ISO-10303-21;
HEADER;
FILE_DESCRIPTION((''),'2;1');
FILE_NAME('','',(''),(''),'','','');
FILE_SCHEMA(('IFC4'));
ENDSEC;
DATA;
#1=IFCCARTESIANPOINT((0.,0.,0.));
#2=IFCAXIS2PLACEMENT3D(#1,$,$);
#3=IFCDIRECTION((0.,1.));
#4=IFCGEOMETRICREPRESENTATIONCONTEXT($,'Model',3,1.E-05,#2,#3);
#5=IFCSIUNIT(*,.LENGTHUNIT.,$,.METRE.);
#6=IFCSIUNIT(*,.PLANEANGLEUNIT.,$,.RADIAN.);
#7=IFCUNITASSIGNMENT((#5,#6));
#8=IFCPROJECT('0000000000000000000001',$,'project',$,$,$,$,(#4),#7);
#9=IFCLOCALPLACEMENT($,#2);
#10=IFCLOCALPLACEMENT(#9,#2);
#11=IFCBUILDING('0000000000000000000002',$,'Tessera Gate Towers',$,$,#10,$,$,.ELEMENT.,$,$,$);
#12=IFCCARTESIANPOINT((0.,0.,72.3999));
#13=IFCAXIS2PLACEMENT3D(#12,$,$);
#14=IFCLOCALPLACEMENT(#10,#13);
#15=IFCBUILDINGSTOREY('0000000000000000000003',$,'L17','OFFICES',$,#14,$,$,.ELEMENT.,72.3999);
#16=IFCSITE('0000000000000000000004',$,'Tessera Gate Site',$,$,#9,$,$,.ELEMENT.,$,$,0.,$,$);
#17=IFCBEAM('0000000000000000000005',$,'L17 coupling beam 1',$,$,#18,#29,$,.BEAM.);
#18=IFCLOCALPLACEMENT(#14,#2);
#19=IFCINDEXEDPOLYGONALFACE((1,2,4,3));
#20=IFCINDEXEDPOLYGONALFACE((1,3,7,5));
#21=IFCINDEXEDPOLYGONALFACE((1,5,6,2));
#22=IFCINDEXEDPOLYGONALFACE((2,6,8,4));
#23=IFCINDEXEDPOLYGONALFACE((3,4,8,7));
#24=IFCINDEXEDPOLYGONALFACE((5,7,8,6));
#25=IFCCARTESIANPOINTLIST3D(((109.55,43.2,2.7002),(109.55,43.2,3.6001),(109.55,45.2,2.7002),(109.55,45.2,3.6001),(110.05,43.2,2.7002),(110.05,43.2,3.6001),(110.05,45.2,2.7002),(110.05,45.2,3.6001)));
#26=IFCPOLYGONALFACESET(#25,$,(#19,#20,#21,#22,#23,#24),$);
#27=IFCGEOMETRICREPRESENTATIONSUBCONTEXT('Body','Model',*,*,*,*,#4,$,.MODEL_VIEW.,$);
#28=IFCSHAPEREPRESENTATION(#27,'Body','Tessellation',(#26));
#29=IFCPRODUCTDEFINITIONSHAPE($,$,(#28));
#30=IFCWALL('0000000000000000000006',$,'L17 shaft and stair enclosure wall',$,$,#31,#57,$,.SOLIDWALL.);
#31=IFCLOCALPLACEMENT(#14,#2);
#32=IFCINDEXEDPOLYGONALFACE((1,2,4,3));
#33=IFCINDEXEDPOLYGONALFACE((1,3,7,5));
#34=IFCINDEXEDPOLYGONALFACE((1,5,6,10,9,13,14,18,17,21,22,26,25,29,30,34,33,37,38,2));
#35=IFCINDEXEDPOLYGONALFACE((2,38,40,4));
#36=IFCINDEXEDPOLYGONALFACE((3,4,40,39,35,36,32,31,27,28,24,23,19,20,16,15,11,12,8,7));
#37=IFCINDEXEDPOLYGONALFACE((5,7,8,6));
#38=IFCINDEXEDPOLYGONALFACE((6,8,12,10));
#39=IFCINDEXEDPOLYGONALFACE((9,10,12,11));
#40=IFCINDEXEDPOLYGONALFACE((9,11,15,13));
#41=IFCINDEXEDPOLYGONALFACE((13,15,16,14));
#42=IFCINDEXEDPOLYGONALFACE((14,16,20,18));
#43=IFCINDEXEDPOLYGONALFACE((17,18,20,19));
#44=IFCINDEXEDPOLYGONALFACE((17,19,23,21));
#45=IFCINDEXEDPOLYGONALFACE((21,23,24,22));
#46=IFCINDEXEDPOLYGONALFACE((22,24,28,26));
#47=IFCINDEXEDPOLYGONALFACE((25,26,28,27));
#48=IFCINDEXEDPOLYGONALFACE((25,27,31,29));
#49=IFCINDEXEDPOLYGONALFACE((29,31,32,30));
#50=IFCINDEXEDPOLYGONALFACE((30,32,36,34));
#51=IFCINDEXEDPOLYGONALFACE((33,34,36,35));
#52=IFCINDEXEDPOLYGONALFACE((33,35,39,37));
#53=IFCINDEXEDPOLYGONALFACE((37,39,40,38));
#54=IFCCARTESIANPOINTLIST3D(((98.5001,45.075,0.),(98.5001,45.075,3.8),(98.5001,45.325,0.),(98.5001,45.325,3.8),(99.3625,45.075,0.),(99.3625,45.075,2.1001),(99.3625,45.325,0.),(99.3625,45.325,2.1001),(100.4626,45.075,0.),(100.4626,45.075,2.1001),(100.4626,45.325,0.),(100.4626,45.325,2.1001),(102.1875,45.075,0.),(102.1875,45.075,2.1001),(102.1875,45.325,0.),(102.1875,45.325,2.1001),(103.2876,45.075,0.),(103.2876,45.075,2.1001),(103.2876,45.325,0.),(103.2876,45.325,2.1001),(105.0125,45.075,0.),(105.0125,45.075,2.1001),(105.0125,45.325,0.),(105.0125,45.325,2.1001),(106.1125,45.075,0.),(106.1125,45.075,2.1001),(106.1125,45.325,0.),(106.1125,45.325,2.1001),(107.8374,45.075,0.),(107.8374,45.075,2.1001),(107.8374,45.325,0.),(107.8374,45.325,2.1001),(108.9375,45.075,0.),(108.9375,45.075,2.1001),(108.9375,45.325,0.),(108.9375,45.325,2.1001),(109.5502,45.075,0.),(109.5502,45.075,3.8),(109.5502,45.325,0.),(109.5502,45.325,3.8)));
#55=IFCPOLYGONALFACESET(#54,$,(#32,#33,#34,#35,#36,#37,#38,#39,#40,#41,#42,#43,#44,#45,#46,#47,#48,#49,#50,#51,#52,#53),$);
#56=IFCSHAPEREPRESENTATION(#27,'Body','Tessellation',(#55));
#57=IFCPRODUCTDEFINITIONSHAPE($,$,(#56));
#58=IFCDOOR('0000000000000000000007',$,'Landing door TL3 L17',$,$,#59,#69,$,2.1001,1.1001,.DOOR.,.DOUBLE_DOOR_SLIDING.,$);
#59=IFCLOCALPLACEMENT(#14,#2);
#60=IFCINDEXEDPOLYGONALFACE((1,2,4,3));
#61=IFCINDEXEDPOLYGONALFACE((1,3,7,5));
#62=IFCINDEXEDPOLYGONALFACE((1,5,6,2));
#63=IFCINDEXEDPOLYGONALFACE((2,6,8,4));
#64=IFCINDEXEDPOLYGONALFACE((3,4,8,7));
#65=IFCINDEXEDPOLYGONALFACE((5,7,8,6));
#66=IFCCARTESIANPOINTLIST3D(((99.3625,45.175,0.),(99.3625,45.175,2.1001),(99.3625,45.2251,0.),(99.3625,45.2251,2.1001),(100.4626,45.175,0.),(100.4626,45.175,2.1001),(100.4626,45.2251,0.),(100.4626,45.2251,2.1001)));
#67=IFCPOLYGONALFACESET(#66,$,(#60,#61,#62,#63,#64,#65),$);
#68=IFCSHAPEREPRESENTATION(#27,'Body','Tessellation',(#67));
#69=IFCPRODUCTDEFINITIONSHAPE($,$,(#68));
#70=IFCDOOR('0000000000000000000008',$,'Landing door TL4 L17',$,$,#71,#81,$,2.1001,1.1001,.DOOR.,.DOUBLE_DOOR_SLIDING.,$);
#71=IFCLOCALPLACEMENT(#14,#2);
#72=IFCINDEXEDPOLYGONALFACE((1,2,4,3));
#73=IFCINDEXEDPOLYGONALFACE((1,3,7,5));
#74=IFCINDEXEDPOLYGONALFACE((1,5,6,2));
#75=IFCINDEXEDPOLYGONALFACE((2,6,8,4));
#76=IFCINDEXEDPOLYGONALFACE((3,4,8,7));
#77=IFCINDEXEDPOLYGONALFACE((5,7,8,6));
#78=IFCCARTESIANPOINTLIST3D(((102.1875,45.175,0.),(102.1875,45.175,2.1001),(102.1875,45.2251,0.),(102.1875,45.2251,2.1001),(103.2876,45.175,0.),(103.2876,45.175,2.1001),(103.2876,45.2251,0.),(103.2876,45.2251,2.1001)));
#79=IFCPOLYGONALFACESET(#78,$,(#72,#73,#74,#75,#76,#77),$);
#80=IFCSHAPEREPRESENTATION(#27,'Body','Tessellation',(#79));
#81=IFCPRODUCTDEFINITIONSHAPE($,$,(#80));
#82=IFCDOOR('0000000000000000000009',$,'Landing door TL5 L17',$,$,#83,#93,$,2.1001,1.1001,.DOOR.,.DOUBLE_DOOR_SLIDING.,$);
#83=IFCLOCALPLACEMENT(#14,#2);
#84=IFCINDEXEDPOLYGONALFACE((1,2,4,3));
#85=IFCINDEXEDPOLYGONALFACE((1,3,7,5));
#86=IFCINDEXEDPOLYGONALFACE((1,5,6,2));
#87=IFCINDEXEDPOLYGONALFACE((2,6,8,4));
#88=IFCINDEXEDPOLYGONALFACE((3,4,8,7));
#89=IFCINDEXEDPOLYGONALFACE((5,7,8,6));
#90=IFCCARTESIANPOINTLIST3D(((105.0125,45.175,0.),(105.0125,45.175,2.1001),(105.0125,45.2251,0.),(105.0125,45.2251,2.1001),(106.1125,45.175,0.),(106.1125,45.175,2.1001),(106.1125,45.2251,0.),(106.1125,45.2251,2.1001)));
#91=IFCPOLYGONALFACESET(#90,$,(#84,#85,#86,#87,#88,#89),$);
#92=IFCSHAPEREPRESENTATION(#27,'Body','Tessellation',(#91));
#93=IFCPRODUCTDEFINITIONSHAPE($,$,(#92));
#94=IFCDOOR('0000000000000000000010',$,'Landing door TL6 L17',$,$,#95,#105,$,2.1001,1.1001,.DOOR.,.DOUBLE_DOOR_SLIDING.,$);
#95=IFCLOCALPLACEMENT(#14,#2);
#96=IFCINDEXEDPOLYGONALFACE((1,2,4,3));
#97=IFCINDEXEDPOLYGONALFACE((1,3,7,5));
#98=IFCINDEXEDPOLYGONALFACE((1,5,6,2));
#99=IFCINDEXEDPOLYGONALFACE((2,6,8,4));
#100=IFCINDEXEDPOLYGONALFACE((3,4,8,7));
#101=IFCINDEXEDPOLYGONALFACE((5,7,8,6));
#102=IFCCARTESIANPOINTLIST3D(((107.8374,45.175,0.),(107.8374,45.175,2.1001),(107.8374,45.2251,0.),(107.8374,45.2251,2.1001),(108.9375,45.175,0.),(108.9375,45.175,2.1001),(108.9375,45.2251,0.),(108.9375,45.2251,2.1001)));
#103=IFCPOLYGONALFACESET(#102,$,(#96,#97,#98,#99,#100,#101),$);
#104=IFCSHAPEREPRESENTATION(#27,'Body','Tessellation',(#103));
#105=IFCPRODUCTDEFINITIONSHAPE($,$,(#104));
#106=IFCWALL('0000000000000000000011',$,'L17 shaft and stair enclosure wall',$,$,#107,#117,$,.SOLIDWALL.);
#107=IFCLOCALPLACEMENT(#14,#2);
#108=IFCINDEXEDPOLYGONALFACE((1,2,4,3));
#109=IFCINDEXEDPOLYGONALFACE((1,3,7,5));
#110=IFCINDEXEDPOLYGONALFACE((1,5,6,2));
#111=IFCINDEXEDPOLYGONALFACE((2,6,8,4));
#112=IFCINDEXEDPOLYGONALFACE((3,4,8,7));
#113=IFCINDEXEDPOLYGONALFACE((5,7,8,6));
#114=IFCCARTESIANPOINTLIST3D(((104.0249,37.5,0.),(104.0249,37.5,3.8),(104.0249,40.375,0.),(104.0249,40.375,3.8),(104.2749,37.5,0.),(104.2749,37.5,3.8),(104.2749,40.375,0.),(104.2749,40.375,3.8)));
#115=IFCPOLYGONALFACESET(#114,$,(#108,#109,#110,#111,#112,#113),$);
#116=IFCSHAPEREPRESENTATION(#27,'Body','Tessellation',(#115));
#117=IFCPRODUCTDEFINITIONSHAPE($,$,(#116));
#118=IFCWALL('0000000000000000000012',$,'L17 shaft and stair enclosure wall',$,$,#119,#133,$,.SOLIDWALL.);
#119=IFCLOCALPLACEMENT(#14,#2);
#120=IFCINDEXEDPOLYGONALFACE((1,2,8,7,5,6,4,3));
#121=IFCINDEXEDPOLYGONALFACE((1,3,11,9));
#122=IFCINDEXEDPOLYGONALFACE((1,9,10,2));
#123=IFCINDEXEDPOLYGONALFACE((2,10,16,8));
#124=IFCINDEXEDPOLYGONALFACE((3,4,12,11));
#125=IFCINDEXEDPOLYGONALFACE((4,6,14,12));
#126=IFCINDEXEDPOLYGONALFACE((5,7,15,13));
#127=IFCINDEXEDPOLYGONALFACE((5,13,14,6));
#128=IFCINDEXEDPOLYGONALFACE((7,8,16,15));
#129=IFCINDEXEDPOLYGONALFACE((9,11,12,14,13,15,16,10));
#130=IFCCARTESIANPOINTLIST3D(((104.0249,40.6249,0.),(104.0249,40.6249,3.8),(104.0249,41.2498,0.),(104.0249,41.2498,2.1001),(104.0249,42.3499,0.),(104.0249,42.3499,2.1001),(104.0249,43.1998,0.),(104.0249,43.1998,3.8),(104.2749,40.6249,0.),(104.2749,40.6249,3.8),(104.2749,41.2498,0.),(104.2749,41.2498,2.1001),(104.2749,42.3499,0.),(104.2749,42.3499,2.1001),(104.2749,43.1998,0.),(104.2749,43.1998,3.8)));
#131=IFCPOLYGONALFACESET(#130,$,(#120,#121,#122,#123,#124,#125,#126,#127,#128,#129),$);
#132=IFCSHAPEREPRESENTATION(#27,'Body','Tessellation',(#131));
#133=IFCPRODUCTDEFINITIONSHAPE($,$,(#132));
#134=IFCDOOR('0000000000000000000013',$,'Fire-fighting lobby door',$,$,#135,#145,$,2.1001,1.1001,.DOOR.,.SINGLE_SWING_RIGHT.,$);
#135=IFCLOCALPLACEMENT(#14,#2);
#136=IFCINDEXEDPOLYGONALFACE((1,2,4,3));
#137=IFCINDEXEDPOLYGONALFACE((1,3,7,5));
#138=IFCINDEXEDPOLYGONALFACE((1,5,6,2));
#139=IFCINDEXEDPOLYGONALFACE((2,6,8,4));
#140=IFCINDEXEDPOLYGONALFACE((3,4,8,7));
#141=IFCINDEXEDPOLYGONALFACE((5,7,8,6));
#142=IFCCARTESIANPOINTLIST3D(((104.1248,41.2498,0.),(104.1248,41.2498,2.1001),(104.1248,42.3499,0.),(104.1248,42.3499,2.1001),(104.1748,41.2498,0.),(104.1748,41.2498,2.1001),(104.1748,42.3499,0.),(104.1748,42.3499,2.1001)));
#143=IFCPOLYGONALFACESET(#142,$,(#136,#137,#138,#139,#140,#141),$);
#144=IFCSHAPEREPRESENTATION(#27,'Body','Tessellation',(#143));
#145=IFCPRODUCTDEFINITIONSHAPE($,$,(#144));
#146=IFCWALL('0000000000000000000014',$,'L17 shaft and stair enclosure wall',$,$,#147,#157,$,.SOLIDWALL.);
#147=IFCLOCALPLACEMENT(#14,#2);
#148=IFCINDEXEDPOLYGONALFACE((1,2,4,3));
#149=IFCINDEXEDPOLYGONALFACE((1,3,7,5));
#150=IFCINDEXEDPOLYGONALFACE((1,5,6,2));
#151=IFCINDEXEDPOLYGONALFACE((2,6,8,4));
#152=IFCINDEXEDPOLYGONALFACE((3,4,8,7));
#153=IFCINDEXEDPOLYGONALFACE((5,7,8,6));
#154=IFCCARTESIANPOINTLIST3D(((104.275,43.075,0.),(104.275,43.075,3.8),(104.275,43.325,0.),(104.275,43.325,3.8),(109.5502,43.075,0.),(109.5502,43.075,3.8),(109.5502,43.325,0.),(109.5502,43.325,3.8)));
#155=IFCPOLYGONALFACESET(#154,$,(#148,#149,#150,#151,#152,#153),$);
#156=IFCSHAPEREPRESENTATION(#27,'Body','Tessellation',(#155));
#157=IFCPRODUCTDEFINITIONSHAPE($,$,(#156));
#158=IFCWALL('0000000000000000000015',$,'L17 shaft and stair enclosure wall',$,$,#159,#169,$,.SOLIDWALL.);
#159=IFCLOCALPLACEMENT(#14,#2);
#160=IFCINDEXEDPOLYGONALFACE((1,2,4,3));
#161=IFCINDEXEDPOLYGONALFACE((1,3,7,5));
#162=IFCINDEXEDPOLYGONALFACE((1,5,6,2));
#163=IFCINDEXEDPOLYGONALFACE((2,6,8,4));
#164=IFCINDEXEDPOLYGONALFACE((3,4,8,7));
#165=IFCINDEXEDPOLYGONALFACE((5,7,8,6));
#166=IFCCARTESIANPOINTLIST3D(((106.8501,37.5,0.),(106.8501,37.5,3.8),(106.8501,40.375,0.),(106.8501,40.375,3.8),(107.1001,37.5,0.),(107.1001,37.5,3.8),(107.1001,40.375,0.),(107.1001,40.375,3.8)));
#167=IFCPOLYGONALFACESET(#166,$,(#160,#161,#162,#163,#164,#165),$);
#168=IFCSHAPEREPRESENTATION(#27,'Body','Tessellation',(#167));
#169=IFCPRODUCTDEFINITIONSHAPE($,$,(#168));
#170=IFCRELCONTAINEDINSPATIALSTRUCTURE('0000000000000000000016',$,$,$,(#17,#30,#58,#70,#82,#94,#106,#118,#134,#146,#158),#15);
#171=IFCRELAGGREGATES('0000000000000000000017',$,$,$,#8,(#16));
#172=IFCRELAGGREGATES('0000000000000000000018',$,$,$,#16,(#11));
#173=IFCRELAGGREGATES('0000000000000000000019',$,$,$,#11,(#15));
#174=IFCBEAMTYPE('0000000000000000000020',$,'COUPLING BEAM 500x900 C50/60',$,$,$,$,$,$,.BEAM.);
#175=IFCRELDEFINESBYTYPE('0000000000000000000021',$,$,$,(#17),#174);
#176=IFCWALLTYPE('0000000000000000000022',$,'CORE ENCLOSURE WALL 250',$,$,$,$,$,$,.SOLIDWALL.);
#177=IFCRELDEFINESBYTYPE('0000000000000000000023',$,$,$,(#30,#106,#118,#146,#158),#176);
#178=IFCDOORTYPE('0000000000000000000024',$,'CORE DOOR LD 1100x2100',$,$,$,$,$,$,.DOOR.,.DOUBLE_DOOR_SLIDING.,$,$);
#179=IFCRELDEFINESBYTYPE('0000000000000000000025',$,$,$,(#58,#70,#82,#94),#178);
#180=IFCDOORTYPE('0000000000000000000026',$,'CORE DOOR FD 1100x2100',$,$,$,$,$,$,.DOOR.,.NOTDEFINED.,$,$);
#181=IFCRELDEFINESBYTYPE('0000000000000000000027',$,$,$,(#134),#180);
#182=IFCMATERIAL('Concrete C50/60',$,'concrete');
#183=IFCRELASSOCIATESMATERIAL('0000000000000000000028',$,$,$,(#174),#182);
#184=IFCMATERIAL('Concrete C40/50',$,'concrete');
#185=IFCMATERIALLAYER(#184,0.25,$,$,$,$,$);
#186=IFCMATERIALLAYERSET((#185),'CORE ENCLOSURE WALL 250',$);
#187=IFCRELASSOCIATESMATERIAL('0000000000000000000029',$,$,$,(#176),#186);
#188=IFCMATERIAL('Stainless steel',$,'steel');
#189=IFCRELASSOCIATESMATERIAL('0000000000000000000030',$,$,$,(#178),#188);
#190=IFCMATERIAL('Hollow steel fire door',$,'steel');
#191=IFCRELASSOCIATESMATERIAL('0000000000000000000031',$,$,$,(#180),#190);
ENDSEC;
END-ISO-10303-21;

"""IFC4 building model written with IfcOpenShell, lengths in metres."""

from ifc_helpers import new_model, si_unit, direction, frame, frame_2d, origin, origin_2d, place, context, subcontext, project, spatial, rectangle, extrude, source, transform, mapped, material, layer, layer_set, material_profile, profile_set, type_object, element, fill, save


model = new_model("IFC4")

# Units and contexts
model_context = context("Model", 3, precision=1e-05, world=origin(), true_north=direction((0.0, 1.0)))
body_context = subcontext(model_context, "Body", "Model", "MODEL_VIEW")
ifc_project = project(units=[si_unit("LENGTHUNIT", "METRE"), si_unit("PLANEANGLEUNIT", "RADIAN")], contexts=[model_context])

# Site, building, storey
site_placement = place(None, origin())
site = spatial("IfcSite", under=ifc_project, at=site_placement, Name="Tessera Gate Site", CompositionType="ELEMENT", RefElevation=0.0)
building_placement = place(site_placement, origin())
building = spatial("IfcBuilding", under=site, at=building_placement, Name="Tessera Gate Towers", CompositionType="ELEMENT")
storey_placement = place(building_placement, frame((0.0, 0.0, 72.3999)))
storey = spatial("IfcBuildingStorey", under=building, at=storey_placement, Name="L17", Description="OFFICES", CompositionType="ELEMENT", Elevation=72.3999)

# Beam
ifc_material_1 = material(Name="Concrete C50/60", Category="concrete")
ifc_material_profile = material_profile(ifc_material_1, rectangle(XDim=0.5, YDim=0.8999, at=origin_2d()), Name="RC 500x900")
ifc_profile_set = profile_set([ifc_material_profile], Name="Concrete C50/60")
beam_type = type_object("IfcBeamType", Name="COUPLING BEAM 500x900 C50/60", PredefinedType="BEAM", material=ifc_profile_set)
beam_placement = place(storey_placement, frame((109.8, 43.2, 3.1501), z_axis=(0.0, 1.0, 0.0), x_axis=(-1.0, 0.0, 0.0)))
element("IfcBeam", 1, at=beam_placement, inside=storey, type_object=beam_type, Name="L17 coupling beam 1", PredefinedType="BEAM", context=body_context, shape_type="SweptSolid", body=[
    extrude(rectangle(XDim=0.5, YDim=0.8999, at=origin_2d()), origin(), (0.0, 0.0, 1.0), 2.0),
])

# Wall, openings, doors
ifc_material_2 = material(Name="Concrete C40/50", Category="concrete")
ifc_layer_1 = layer(ifc_material_2, 0.25)
ifc_layer_set_1 = layer_set([ifc_layer_1], Name="CORE ENCLOSURE WALL 250")
wall_type_1 = type_object("IfcWallType", Name="CORE ENCLOSURE WALL 250", PredefinedType="SOLIDWALL", material=ifc_layer_set_1)
wall_1_placement = place(storey_placement, frame((109.55, 45.2, 0.0), z_axis=(0.0, 0.0, 1.0), x_axis=(-1.0, 0.0, 0.0)))
wall_1 = element("IfcWall", 2, at=wall_1_placement, inside=storey, type_object=wall_type_1, Name="L17 shaft and stair enclosure wall", PredefinedType="SOLIDWALL", context=body_context, shape_type="SweptSolid", body=[
    extrude(rectangle(XDim=11.05, YDim=0.25, at=frame_2d((5.5249, 0.0))), origin(), (0.0, 0.0, 1.0), 3.8),
])
shared_shape_1 = source(origin(), body_context, "Body", "SweptSolid", [
    extrude(rectangle(XDim=1.1001, YDim=2.1001, at=frame_2d((0.55, 1.05))), frame((0.0, 0.135, 0.0), z_axis=(0.0, -1.0, 0.0), x_axis=(1.0, 0.0, 0.0)), (0.0, 0.0, 1.0), 0.27),
])
opening_1_placement = place(wall_1_placement, frame((9.0874, 0.0, 0.0)))
opening_1 = element("IfcOpeningElement", 3, at=opening_1_placement, cuts=wall_1, PredefinedType="OPENING", context=body_context, shape_type="MappedRepresentation", body=[
    mapped(shared_shape_1, transform((0.0, 0.0, 0.0), scale=1.0)),
])
opening_2_placement = place(wall_1_placement, frame((6.2625, 0.0, 0.0)))
opening_2 = element("IfcOpeningElement", 4, at=opening_2_placement, cuts=wall_1, PredefinedType="OPENING", context=body_context, shape_type="MappedRepresentation", body=[
    mapped(shared_shape_1, transform((0.0, 0.0, 0.0), scale=1.0)),
])
opening_3_placement = place(wall_1_placement, frame((3.4375, 0.0, 0.0)))
opening_3 = element("IfcOpeningElement", 5, at=opening_3_placement, cuts=wall_1, PredefinedType="OPENING", context=body_context, shape_type="MappedRepresentation", body=[
    mapped(shared_shape_1, transform((0.0, 0.0, 0.0), scale=1.0)),
])
opening_4_placement = place(wall_1_placement, frame((0.6125, 0.0, 0.0)))
opening_4 = element("IfcOpeningElement", 6, at=opening_4_placement, cuts=wall_1, PredefinedType="OPENING", context=body_context, shape_type="MappedRepresentation", body=[
    mapped(shared_shape_1, transform((0.0, 0.0, 0.0), scale=1.0)),
])
ifc_material_3 = material(Name="Stainless steel", Category="steel")
door_type_1 = type_object("IfcDoorType", Name="CORE DOOR LD 1100x2100", OperationType="DOUBLE_DOOR_SLIDING", PredefinedType="DOOR", material=ifc_material_3)
shared_shape_2 = source(origin(), body_context, "Body", "SweptSolid", [
    extrude(rectangle(XDim=1.1001, YDim=2.1001, at=frame_2d((0.55, 1.05))), frame((0.0, 0.0249, 0.0), z_axis=(0.0, -1.0, 0.0), x_axis=(1.0, 0.0, 0.0)), (0.0, 0.0, 1.0), 0.05),
])
door_1_placement = place(opening_1_placement, origin())
door_1 = element("IfcDoor", 7, at=door_1_placement, inside=storey, type_object=door_type_1, Name="Landing door TL3 L17", OperationType="DOUBLE_DOOR_SLIDING", OverallHeight=2.1001, OverallWidth=1.1001, PredefinedType="DOOR", context=body_context, shape_type="MappedRepresentation", body=[
    mapped(shared_shape_2, transform((0.0, 0.0, 0.0), scale=1.0)),
])
fill(opening_1, door_1)
door_2_placement = place(opening_2_placement, origin())
door_2 = element("IfcDoor", 8, at=door_2_placement, inside=storey, type_object=door_type_1, Name="Landing door TL4 L17", OperationType="DOUBLE_DOOR_SLIDING", OverallHeight=2.1001, OverallWidth=1.1001, PredefinedType="DOOR", context=body_context, shape_type="MappedRepresentation", body=[
    mapped(shared_shape_2, transform((0.0, 0.0, 0.0), scale=1.0)),
])
fill(opening_2, door_2)
door_3_placement = place(opening_3_placement, origin())
door_3 = element("IfcDoor", 9, at=door_3_placement, inside=storey, type_object=door_type_1, Name="Landing door TL5 L17", OperationType="DOUBLE_DOOR_SLIDING", OverallHeight=2.1001, OverallWidth=1.1001, PredefinedType="DOOR", context=body_context, shape_type="MappedRepresentation", body=[
    mapped(shared_shape_2, transform((0.0, 0.0, 0.0), scale=1.0)),
])
fill(opening_3, door_3)
door_4_placement = place(opening_4_placement, origin())
door_4 = element("IfcDoor", 10, at=door_4_placement, inside=storey, type_object=door_type_1, Name="Landing door TL6 L17", OperationType="DOUBLE_DOOR_SLIDING", OverallHeight=2.1001, OverallWidth=1.1001, PredefinedType="DOOR", context=body_context, shape_type="MappedRepresentation", body=[
    mapped(shared_shape_2, transform((0.0, 0.0, 0.0), scale=1.0)),
])
fill(opening_4, door_4)

# Wall
wall_2_placement = place(storey_placement, frame((104.1499, 37.5, 0.0), z_axis=(0.0, 0.0, 1.0), x_axis=(0.0, 1.0, 0.0)))
element("IfcWall", 11, at=wall_2_placement, inside=storey, type_object=wall_type_1, Name="L17 shaft and stair enclosure wall", PredefinedType="SOLIDWALL", context=body_context, shape_type="SweptSolid", body=[
    extrude(rectangle(XDim=2.875, YDim=0.25, at=frame_2d((1.4375, 0.0))), origin(), (0.0, 0.0, 1.0), 3.8),
])

# Wall, opening, door
wall_3_placement = place(storey_placement, frame((104.1499, 43.2, 0.0), z_axis=(0.0, 0.0, 1.0), x_axis=(0.0, -1.0, 0.0)))
wall_3 = element("IfcWall", 12, at=wall_3_placement, inside=storey, type_object=wall_type_1, Name="L17 shaft and stair enclosure wall", PredefinedType="SOLIDWALL", context=body_context, shape_type="SweptSolid", body=[
    extrude(rectangle(XDim=2.575, YDim=0.25, at=frame_2d((1.2876, 0.0))), origin(), (0.0, 0.0, 1.0), 3.8),
])
opening_5_placement = place(wall_3_placement, frame((0.8501, 0.0, 0.0)))
opening_5 = element("IfcOpeningElement", 13, at=opening_5_placement, cuts=wall_3, PredefinedType="OPENING", context=body_context, shape_type="MappedRepresentation", body=[
    mapped(shared_shape_1, transform((0.0, 0.0, 0.0), scale=1.0)),
])
ifc_material_4 = material(Name="Hollow steel fire door", Category="steel")
door_type_2 = type_object("IfcDoorType", Name="CORE DOOR FD 1100x2100", OperationType="NOTDEFINED", PredefinedType="DOOR", material=ifc_material_4)
door_5_placement = place(opening_5_placement, origin())
door_5 = element("IfcDoor", 14, at=door_5_placement, inside=storey, type_object=door_type_2, Name="Fire-fighting lobby door", OperationType="SINGLE_SWING_RIGHT", OverallHeight=2.1001, OverallWidth=1.1001, PredefinedType="DOOR", context=body_context, shape_type="MappedRepresentation", body=[
    mapped(shared_shape_2, transform((0.0, 0.0, 0.0), scale=1.0)),
])
fill(opening_5, door_5)

# Walls
wall_4_placement = place(storey_placement, frame((104.2749, 43.2, 0.0), z_axis=(0.0, 0.0, 1.0), x_axis=(1.0, 0.0, 0.0)))
element("IfcWall", 15, at=wall_4_placement, inside=storey, type_object=wall_type_1, Name="L17 shaft and stair enclosure wall", PredefinedType="SOLIDWALL", context=body_context, shape_type="SweptSolid", body=[
    extrude(rectangle(XDim=5.2751, YDim=0.25, at=frame_2d((2.6377, 0.0))), origin(), (0.0, 0.0, 1.0), 3.8),
])
wall_5_placement = place(storey_placement, frame((106.9751, 37.5, 0.0), z_axis=(0.0, 0.0, 1.0), x_axis=(0.0, 1.0, 0.0)))
element("IfcWall", 16, at=wall_5_placement, inside=storey, type_object=wall_type_1, Name="L17 shaft and stair enclosure wall", PredefinedType="SOLIDWALL", context=body_context, shape_type="SweptSolid", body=[
    extrude(rectangle(XDim=2.875, YDim=0.25, at=frame_2d((1.4375, 0.0))), origin(), (0.0, 0.0, 1.0), 3.8),
])

save(model, "model.ifc")
